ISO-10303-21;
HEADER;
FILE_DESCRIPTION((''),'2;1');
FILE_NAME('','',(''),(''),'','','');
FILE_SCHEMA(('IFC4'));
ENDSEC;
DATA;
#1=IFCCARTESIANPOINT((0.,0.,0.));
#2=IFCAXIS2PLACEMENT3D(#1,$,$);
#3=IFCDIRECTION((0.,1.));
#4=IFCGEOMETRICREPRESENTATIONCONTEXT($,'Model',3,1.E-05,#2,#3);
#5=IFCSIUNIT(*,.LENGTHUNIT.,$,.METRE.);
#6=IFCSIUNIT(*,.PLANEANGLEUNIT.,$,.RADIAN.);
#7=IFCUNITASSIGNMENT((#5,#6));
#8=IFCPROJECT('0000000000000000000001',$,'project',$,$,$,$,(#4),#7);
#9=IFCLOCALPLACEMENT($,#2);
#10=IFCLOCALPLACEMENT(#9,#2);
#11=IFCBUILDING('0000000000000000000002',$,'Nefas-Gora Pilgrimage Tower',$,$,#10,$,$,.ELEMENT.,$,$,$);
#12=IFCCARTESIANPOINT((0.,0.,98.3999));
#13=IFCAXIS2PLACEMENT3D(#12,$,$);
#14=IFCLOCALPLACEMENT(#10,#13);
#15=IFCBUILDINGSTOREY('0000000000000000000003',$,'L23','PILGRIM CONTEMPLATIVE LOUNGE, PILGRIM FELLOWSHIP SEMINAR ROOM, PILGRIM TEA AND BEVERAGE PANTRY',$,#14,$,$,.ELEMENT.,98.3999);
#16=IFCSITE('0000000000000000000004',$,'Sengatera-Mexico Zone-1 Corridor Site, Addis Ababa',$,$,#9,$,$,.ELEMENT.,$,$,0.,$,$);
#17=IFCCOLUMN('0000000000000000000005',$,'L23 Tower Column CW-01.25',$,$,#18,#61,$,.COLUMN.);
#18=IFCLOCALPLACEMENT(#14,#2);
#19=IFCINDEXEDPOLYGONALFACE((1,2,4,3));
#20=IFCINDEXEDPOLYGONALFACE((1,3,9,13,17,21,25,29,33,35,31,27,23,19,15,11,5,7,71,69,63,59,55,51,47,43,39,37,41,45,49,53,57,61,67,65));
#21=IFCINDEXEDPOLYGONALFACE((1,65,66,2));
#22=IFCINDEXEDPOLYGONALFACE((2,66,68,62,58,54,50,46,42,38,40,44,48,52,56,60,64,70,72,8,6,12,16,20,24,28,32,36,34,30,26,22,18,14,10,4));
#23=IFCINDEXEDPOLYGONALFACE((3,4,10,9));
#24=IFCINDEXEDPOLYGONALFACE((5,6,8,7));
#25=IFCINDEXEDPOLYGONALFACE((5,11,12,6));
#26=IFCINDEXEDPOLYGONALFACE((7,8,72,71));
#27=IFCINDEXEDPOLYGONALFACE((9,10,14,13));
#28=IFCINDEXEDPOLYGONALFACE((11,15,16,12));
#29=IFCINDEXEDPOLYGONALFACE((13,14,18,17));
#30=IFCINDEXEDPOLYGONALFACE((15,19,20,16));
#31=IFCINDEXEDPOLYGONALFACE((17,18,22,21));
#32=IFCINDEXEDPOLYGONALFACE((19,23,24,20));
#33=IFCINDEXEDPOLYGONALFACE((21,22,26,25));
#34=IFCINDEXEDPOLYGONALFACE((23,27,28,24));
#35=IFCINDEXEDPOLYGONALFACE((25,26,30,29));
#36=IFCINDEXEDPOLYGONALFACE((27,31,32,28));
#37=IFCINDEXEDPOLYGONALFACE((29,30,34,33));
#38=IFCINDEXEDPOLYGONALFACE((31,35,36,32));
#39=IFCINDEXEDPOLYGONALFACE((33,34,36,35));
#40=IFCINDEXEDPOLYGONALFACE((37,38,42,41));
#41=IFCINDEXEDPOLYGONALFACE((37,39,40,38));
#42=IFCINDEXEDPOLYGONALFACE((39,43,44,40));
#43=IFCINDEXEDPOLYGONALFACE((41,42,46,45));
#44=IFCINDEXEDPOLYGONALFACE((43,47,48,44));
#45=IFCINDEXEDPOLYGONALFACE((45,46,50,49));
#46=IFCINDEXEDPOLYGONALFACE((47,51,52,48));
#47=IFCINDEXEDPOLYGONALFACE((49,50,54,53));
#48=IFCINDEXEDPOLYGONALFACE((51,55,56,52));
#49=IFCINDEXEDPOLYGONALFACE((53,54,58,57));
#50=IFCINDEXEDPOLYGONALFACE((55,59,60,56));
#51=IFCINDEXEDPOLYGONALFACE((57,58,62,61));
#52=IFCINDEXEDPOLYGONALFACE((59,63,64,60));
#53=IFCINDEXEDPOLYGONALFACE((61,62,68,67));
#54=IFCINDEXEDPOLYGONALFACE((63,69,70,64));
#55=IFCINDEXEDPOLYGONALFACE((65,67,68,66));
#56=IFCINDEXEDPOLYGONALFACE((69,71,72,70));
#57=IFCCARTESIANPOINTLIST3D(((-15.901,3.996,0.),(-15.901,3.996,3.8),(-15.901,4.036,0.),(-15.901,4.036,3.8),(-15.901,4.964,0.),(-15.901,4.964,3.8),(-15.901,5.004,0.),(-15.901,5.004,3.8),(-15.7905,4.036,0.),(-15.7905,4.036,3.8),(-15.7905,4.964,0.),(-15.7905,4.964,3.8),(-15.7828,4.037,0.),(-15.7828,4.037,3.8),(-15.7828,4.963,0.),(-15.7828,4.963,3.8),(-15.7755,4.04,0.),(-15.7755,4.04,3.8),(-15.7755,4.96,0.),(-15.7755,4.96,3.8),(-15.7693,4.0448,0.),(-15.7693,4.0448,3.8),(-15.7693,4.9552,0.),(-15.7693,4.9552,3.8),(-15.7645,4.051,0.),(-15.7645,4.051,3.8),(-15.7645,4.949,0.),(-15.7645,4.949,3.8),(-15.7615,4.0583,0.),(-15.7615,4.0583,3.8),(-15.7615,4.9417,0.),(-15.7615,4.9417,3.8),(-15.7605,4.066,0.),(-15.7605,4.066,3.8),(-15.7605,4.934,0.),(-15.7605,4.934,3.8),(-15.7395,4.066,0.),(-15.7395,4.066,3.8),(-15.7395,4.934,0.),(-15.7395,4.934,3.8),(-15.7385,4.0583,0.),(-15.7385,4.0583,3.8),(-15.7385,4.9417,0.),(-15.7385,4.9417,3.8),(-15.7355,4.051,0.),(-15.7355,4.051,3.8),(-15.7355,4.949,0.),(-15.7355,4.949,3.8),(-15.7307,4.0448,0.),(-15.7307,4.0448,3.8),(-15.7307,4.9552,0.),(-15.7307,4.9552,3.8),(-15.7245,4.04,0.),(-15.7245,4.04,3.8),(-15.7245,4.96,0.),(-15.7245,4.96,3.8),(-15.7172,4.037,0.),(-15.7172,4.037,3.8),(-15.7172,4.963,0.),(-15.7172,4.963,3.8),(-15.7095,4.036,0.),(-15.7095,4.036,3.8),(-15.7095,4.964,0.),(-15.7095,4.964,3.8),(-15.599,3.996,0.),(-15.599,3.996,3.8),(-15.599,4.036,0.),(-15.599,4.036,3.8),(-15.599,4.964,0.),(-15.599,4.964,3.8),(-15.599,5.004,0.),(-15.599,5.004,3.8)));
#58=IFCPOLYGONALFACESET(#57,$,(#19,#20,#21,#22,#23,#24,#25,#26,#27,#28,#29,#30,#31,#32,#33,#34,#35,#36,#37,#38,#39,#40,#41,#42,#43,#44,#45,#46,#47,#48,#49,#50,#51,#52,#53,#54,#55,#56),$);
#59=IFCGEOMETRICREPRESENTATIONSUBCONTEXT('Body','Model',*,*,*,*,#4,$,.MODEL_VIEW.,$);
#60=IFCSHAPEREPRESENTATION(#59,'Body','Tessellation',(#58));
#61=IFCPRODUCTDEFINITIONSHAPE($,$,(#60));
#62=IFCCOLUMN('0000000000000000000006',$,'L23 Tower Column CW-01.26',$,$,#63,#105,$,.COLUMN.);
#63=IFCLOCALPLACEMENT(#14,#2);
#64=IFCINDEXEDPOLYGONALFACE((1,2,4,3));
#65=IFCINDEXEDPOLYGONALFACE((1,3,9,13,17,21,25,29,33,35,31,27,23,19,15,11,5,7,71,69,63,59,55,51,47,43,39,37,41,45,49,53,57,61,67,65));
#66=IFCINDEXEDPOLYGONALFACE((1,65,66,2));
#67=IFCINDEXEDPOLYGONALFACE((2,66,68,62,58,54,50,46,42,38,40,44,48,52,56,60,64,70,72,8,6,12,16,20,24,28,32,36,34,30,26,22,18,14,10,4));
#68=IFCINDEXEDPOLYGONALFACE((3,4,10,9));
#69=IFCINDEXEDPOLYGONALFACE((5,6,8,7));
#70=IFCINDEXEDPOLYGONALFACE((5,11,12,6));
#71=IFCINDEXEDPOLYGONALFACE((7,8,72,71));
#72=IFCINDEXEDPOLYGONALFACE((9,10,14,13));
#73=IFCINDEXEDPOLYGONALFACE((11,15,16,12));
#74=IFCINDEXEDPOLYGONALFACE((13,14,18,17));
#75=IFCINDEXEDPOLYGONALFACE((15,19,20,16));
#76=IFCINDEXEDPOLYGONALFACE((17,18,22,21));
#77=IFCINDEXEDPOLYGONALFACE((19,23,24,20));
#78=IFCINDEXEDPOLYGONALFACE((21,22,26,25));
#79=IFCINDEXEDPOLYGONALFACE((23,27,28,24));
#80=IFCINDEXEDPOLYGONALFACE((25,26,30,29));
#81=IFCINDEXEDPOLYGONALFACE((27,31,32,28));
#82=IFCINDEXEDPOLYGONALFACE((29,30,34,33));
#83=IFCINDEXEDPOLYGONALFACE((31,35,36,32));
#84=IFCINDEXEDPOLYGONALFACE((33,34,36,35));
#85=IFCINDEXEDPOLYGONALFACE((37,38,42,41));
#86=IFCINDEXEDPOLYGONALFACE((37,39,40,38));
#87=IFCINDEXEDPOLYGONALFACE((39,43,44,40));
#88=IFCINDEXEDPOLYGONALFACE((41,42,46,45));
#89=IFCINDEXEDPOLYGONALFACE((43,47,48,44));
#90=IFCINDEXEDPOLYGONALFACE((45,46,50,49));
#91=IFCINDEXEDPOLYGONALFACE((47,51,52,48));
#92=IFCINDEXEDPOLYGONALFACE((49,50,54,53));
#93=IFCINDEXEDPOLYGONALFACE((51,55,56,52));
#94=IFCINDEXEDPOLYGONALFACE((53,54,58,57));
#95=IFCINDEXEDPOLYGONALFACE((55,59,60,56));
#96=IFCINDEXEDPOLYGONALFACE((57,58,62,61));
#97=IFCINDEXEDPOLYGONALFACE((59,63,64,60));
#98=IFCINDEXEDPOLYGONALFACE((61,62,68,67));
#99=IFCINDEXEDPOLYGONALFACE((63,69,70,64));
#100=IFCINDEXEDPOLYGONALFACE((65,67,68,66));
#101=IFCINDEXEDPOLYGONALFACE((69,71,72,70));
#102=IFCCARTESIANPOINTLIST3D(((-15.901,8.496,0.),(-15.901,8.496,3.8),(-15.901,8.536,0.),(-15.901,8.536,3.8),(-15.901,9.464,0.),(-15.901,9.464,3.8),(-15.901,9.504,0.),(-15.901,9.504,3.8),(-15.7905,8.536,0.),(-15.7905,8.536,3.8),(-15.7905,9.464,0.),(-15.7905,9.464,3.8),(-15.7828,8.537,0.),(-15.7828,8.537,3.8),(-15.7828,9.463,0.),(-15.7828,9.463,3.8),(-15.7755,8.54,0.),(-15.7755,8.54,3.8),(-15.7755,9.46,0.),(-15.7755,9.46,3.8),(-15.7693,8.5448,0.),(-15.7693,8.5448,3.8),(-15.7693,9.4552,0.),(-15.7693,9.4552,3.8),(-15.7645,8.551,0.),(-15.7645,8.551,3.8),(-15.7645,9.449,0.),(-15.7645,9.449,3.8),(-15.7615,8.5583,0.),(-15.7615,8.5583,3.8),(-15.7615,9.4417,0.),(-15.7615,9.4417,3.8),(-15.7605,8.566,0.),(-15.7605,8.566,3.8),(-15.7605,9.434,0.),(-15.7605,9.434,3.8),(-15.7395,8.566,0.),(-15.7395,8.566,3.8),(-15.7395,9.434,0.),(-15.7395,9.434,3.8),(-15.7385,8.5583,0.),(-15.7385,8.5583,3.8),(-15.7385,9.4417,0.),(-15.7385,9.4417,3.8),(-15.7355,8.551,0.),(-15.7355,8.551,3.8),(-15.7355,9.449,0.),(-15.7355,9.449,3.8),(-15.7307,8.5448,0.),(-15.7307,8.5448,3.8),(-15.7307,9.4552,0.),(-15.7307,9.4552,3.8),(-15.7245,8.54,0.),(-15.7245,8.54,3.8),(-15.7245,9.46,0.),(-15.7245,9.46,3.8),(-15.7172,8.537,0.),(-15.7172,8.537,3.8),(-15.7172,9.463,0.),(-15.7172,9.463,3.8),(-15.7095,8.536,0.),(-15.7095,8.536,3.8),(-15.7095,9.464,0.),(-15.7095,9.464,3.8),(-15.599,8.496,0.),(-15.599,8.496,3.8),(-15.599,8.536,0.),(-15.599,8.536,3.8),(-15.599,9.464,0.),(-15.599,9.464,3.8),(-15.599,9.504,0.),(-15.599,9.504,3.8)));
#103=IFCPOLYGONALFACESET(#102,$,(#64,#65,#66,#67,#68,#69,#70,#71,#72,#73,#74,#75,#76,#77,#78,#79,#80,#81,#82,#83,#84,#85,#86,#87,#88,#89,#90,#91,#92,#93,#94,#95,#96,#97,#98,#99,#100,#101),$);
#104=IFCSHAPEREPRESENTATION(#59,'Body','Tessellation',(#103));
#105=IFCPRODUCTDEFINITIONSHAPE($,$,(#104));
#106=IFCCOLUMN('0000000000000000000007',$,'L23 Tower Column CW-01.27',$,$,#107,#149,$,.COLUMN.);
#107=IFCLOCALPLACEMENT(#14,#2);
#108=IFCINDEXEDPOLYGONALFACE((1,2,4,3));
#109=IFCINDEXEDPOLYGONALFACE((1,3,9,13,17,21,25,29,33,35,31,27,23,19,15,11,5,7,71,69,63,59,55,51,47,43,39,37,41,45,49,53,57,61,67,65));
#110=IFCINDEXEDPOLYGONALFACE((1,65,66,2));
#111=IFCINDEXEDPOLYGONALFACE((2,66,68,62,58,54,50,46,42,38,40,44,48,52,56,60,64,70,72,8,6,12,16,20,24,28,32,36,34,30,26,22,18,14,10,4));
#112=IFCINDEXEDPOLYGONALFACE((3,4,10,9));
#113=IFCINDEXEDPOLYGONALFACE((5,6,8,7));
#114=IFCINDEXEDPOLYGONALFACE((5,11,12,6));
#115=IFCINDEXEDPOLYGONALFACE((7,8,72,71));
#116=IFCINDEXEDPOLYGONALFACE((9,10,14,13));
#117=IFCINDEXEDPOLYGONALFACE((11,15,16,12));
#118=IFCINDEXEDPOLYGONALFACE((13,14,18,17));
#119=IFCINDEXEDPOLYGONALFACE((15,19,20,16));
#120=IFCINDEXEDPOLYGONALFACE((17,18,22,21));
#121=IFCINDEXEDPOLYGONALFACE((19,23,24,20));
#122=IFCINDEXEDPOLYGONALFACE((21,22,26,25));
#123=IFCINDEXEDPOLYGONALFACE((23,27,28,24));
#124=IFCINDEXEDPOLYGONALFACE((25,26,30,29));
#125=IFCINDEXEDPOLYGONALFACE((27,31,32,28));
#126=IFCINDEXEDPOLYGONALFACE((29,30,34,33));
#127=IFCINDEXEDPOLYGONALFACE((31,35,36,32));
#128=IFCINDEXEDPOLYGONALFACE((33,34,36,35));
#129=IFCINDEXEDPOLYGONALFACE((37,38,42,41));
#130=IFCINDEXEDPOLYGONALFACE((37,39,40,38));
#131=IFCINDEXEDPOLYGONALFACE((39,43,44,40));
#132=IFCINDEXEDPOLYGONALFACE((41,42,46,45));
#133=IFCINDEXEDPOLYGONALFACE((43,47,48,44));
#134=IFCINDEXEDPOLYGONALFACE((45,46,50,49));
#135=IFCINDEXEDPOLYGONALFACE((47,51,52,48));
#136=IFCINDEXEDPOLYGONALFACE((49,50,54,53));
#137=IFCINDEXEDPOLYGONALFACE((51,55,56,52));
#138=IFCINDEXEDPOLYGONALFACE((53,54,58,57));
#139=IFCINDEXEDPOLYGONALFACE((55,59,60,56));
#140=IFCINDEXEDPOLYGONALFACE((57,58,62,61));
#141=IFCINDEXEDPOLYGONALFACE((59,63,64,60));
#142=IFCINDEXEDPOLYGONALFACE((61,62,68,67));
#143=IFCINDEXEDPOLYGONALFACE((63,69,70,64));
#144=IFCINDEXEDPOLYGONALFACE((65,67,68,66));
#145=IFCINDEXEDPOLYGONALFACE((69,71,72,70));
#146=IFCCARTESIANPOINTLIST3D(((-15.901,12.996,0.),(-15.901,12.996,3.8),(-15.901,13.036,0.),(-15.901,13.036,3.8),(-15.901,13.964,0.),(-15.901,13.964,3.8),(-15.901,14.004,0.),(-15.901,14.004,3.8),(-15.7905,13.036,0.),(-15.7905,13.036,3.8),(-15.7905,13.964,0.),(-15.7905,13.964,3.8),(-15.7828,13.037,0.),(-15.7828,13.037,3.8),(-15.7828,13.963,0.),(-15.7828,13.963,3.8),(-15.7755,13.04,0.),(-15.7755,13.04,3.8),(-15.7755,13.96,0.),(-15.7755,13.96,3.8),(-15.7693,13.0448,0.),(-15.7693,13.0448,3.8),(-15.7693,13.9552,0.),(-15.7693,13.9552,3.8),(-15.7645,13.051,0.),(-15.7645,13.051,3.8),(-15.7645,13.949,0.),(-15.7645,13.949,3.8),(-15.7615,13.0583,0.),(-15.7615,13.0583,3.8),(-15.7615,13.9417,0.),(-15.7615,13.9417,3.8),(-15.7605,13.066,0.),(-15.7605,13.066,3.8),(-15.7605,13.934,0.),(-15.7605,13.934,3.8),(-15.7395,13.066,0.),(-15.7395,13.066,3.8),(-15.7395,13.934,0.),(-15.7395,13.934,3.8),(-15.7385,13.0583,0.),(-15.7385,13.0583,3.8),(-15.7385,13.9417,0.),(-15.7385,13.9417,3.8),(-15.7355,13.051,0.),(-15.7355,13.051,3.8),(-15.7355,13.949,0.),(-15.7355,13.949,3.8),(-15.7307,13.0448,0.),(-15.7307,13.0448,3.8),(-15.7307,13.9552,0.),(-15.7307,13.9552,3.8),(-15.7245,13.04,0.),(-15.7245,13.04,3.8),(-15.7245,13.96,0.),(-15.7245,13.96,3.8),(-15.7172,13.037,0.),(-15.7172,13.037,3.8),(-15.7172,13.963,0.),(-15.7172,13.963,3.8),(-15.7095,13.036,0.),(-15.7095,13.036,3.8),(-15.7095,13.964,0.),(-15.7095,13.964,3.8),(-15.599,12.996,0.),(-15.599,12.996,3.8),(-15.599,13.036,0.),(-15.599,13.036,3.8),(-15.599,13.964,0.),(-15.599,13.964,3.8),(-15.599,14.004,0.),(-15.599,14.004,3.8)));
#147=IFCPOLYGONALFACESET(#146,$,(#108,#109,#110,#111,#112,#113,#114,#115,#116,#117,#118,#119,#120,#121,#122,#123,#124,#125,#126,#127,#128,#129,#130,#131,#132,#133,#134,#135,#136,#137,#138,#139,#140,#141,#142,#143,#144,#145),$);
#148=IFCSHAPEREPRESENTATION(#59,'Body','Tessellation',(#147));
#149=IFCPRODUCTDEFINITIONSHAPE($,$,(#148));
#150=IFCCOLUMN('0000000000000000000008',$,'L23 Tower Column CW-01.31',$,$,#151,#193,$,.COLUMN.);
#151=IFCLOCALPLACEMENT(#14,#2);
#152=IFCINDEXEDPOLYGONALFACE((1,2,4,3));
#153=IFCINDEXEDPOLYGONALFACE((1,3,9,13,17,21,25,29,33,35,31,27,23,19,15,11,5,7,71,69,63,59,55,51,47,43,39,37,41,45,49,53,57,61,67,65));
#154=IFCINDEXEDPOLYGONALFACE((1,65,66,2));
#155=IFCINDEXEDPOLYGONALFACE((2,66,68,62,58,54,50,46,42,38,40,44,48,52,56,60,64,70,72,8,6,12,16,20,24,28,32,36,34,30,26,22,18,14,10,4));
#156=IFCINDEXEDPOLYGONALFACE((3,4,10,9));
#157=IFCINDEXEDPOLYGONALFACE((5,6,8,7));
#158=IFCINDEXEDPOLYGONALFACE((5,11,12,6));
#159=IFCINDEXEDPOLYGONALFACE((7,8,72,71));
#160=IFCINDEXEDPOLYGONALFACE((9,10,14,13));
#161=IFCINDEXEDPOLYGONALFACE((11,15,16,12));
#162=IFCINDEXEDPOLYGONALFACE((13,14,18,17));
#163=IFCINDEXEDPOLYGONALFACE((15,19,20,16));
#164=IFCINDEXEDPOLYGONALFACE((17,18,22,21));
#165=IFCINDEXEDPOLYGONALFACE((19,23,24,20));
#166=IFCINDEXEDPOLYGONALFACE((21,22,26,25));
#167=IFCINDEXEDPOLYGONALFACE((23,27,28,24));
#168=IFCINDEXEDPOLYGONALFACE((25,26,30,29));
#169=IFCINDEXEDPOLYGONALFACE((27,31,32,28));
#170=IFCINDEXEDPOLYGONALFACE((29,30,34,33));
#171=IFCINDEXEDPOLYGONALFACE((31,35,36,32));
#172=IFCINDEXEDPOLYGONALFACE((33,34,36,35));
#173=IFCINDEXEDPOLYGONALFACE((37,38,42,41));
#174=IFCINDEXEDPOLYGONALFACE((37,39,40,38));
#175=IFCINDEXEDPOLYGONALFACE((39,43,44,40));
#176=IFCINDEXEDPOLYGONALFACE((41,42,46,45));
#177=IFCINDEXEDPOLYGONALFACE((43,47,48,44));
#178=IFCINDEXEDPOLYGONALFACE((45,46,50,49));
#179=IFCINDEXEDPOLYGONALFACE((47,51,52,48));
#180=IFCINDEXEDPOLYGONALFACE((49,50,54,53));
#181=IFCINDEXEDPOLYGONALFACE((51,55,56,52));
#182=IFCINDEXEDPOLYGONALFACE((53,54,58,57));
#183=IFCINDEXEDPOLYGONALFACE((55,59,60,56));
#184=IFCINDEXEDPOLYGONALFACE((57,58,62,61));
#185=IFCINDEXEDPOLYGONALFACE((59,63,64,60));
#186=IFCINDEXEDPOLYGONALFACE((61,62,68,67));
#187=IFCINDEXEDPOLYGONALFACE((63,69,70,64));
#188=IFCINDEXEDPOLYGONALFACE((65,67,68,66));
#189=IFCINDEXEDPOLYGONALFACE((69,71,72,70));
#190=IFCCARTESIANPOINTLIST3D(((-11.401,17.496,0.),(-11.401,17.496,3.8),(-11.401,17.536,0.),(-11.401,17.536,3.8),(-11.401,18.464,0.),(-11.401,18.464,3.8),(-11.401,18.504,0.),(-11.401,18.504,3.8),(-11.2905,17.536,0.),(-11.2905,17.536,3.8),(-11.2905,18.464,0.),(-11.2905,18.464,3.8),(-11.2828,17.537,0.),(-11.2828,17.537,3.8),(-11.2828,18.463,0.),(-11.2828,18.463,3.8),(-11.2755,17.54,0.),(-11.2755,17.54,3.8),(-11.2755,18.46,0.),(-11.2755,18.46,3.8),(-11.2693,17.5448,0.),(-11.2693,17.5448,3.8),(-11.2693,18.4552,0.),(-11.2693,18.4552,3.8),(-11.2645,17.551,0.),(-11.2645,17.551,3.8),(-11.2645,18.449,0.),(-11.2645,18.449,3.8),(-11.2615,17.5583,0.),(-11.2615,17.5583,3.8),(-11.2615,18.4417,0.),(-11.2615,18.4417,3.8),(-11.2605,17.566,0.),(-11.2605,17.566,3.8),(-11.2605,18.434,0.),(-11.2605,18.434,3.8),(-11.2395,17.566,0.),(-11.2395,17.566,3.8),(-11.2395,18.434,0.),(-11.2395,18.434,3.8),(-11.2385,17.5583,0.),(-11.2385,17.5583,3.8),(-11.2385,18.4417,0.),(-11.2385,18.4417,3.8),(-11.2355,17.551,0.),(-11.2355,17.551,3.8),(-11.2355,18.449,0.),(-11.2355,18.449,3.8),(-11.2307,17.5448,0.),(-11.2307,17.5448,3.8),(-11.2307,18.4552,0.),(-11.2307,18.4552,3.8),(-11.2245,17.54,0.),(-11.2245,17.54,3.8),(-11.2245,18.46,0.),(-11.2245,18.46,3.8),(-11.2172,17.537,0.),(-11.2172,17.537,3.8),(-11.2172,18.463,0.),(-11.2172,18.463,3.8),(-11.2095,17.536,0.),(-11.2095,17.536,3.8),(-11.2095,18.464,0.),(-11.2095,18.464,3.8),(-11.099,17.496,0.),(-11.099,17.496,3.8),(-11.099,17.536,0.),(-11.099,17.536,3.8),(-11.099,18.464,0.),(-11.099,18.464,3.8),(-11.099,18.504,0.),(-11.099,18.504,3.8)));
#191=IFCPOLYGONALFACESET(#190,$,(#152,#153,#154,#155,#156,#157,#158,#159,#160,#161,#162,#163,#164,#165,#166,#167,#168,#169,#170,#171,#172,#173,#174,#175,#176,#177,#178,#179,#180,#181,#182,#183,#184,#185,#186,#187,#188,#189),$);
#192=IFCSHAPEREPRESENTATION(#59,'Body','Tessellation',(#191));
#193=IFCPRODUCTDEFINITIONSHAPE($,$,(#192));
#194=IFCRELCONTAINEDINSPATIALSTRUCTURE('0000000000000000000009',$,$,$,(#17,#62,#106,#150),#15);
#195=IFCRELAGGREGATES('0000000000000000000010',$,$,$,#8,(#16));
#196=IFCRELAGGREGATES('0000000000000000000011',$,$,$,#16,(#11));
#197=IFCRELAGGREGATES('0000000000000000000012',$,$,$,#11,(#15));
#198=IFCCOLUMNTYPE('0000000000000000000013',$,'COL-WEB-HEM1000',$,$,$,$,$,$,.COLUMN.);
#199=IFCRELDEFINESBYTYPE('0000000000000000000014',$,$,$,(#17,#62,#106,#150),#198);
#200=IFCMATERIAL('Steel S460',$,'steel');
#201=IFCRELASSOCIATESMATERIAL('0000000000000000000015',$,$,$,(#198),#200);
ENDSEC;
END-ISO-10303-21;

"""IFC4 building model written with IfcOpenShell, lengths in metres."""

from ifc_helpers import new_model, si_unit, direction, frame, origin, origin_2d, place, context, subcontext, project, spatial, i_section, extrude, source, transform, mapped, material, material_profile, profile_set, type_object, element, save


model = new_model("IFC4")

# Units and contexts
model_context = context("Model", 3, precision=1e-05, world=origin(), true_north=direction((0.0, 1.0)))
body_context = subcontext(model_context, "Body", "Model", "MODEL_VIEW")
ifc_project = project(units=[si_unit("LENGTHUNIT", "METRE"), si_unit("PLANEANGLEUNIT", "RADIAN")], contexts=[model_context])

# Site, building, storey
site_placement = place(None, origin())
site = spatial("IfcSite", under=ifc_project, at=site_placement, Name="Sengatera-Mexico Zone-1 Corridor Site, Addis Ababa", CompositionType="ELEMENT", RefElevation=0.0)
building_placement = place(site_placement, origin())
building = spatial("IfcBuilding", under=site, at=building_placement, Name="Nefas-Gora Pilgrimage Tower", CompositionType="ELEMENT")
storey_placement = place(building_placement, frame((0.0, 0.0, 98.3999)))
storey = spatial("IfcBuildingStorey", under=building, at=storey_placement, Name="L23", Description="PILGRIM CONTEMPLATIVE LOUNGE, PILGRIM FELLOWSHIP SEMINAR ROOM, PILGRIM TEA AND BEVERAGE PANTRY", CompositionType="ELEMENT", Elevation=98.3999)

# Columns
ifc_material_1 = material(Name="Steel S460", Category="steel")
ifc_material_profile_1 = material_profile(ifc_material_1, i_section(OverallWidth=0.302, OverallDepth=1.0081, WebThickness=0.021, FlangeThickness=0.04, FilletRadius=0.03, at=origin_2d()), Name="HEM 1000")
ifc_profile_set_1 = profile_set([ifc_material_profile_1], Name="Steel S460")
column_type_1 = type_object("IfcColumnType", Name="COL-WEB-HEM1000", PredefinedType="COLUMN", material=ifc_profile_set_1)
shared_shape_1 = source(origin(), body_context, "Body", "SweptSolid", [
    extrude(i_section(OverallWidth=0.302, OverallDepth=1.0081, WebThickness=0.021, FlangeThickness=0.04, FilletRadius=0.03, at=origin_2d()), origin(), (0.0, 0.0, 1.0), 3.8),
])
for number, where, z_axis, x_axis, name in (
    (1, (-15.75, 4.5, 0.0), (0.0, 0.0, 1.0), (1.0, 0.0, 0.0), "L23 Tower Column CW-01.25"),
    (2, (-15.75, 9.0, 0.0), (0.0, 0.0, 1.0), (1.0, 0.0, 0.0), "L23 Tower Column CW-01.26"),
    (3, (-15.75, 13.5, 0.0), (0.0, 0.0, 1.0), (1.0, 0.0, 0.0), "L23 Tower Column CW-01.27"),
    (4, (-11.25, 18.0, 0.0), (0.0, 0.0, 1.0), (1.0, 0.0, 0.0), "L23 Tower Column CW-01.31"),
):
    element("IfcColumn", number, at=place(storey_placement, frame(where, z_axis=z_axis, x_axis=x_axis)), inside=storey, type_object=column_type_1, Name=name, PredefinedType="COLUMN", context=body_context, shape_type="MappedRepresentation", body=[
        mapped(shared_shape_1, transform((0.0, 0.0, 0.0), x_axis=(1.0, 0.0, 0.0), y_axis=(0.0, 1.0, 0.0), z_axis=(0.0, 0.0, 1.0), scale=1.0)),
    ])

save(model, "model.ifc")
